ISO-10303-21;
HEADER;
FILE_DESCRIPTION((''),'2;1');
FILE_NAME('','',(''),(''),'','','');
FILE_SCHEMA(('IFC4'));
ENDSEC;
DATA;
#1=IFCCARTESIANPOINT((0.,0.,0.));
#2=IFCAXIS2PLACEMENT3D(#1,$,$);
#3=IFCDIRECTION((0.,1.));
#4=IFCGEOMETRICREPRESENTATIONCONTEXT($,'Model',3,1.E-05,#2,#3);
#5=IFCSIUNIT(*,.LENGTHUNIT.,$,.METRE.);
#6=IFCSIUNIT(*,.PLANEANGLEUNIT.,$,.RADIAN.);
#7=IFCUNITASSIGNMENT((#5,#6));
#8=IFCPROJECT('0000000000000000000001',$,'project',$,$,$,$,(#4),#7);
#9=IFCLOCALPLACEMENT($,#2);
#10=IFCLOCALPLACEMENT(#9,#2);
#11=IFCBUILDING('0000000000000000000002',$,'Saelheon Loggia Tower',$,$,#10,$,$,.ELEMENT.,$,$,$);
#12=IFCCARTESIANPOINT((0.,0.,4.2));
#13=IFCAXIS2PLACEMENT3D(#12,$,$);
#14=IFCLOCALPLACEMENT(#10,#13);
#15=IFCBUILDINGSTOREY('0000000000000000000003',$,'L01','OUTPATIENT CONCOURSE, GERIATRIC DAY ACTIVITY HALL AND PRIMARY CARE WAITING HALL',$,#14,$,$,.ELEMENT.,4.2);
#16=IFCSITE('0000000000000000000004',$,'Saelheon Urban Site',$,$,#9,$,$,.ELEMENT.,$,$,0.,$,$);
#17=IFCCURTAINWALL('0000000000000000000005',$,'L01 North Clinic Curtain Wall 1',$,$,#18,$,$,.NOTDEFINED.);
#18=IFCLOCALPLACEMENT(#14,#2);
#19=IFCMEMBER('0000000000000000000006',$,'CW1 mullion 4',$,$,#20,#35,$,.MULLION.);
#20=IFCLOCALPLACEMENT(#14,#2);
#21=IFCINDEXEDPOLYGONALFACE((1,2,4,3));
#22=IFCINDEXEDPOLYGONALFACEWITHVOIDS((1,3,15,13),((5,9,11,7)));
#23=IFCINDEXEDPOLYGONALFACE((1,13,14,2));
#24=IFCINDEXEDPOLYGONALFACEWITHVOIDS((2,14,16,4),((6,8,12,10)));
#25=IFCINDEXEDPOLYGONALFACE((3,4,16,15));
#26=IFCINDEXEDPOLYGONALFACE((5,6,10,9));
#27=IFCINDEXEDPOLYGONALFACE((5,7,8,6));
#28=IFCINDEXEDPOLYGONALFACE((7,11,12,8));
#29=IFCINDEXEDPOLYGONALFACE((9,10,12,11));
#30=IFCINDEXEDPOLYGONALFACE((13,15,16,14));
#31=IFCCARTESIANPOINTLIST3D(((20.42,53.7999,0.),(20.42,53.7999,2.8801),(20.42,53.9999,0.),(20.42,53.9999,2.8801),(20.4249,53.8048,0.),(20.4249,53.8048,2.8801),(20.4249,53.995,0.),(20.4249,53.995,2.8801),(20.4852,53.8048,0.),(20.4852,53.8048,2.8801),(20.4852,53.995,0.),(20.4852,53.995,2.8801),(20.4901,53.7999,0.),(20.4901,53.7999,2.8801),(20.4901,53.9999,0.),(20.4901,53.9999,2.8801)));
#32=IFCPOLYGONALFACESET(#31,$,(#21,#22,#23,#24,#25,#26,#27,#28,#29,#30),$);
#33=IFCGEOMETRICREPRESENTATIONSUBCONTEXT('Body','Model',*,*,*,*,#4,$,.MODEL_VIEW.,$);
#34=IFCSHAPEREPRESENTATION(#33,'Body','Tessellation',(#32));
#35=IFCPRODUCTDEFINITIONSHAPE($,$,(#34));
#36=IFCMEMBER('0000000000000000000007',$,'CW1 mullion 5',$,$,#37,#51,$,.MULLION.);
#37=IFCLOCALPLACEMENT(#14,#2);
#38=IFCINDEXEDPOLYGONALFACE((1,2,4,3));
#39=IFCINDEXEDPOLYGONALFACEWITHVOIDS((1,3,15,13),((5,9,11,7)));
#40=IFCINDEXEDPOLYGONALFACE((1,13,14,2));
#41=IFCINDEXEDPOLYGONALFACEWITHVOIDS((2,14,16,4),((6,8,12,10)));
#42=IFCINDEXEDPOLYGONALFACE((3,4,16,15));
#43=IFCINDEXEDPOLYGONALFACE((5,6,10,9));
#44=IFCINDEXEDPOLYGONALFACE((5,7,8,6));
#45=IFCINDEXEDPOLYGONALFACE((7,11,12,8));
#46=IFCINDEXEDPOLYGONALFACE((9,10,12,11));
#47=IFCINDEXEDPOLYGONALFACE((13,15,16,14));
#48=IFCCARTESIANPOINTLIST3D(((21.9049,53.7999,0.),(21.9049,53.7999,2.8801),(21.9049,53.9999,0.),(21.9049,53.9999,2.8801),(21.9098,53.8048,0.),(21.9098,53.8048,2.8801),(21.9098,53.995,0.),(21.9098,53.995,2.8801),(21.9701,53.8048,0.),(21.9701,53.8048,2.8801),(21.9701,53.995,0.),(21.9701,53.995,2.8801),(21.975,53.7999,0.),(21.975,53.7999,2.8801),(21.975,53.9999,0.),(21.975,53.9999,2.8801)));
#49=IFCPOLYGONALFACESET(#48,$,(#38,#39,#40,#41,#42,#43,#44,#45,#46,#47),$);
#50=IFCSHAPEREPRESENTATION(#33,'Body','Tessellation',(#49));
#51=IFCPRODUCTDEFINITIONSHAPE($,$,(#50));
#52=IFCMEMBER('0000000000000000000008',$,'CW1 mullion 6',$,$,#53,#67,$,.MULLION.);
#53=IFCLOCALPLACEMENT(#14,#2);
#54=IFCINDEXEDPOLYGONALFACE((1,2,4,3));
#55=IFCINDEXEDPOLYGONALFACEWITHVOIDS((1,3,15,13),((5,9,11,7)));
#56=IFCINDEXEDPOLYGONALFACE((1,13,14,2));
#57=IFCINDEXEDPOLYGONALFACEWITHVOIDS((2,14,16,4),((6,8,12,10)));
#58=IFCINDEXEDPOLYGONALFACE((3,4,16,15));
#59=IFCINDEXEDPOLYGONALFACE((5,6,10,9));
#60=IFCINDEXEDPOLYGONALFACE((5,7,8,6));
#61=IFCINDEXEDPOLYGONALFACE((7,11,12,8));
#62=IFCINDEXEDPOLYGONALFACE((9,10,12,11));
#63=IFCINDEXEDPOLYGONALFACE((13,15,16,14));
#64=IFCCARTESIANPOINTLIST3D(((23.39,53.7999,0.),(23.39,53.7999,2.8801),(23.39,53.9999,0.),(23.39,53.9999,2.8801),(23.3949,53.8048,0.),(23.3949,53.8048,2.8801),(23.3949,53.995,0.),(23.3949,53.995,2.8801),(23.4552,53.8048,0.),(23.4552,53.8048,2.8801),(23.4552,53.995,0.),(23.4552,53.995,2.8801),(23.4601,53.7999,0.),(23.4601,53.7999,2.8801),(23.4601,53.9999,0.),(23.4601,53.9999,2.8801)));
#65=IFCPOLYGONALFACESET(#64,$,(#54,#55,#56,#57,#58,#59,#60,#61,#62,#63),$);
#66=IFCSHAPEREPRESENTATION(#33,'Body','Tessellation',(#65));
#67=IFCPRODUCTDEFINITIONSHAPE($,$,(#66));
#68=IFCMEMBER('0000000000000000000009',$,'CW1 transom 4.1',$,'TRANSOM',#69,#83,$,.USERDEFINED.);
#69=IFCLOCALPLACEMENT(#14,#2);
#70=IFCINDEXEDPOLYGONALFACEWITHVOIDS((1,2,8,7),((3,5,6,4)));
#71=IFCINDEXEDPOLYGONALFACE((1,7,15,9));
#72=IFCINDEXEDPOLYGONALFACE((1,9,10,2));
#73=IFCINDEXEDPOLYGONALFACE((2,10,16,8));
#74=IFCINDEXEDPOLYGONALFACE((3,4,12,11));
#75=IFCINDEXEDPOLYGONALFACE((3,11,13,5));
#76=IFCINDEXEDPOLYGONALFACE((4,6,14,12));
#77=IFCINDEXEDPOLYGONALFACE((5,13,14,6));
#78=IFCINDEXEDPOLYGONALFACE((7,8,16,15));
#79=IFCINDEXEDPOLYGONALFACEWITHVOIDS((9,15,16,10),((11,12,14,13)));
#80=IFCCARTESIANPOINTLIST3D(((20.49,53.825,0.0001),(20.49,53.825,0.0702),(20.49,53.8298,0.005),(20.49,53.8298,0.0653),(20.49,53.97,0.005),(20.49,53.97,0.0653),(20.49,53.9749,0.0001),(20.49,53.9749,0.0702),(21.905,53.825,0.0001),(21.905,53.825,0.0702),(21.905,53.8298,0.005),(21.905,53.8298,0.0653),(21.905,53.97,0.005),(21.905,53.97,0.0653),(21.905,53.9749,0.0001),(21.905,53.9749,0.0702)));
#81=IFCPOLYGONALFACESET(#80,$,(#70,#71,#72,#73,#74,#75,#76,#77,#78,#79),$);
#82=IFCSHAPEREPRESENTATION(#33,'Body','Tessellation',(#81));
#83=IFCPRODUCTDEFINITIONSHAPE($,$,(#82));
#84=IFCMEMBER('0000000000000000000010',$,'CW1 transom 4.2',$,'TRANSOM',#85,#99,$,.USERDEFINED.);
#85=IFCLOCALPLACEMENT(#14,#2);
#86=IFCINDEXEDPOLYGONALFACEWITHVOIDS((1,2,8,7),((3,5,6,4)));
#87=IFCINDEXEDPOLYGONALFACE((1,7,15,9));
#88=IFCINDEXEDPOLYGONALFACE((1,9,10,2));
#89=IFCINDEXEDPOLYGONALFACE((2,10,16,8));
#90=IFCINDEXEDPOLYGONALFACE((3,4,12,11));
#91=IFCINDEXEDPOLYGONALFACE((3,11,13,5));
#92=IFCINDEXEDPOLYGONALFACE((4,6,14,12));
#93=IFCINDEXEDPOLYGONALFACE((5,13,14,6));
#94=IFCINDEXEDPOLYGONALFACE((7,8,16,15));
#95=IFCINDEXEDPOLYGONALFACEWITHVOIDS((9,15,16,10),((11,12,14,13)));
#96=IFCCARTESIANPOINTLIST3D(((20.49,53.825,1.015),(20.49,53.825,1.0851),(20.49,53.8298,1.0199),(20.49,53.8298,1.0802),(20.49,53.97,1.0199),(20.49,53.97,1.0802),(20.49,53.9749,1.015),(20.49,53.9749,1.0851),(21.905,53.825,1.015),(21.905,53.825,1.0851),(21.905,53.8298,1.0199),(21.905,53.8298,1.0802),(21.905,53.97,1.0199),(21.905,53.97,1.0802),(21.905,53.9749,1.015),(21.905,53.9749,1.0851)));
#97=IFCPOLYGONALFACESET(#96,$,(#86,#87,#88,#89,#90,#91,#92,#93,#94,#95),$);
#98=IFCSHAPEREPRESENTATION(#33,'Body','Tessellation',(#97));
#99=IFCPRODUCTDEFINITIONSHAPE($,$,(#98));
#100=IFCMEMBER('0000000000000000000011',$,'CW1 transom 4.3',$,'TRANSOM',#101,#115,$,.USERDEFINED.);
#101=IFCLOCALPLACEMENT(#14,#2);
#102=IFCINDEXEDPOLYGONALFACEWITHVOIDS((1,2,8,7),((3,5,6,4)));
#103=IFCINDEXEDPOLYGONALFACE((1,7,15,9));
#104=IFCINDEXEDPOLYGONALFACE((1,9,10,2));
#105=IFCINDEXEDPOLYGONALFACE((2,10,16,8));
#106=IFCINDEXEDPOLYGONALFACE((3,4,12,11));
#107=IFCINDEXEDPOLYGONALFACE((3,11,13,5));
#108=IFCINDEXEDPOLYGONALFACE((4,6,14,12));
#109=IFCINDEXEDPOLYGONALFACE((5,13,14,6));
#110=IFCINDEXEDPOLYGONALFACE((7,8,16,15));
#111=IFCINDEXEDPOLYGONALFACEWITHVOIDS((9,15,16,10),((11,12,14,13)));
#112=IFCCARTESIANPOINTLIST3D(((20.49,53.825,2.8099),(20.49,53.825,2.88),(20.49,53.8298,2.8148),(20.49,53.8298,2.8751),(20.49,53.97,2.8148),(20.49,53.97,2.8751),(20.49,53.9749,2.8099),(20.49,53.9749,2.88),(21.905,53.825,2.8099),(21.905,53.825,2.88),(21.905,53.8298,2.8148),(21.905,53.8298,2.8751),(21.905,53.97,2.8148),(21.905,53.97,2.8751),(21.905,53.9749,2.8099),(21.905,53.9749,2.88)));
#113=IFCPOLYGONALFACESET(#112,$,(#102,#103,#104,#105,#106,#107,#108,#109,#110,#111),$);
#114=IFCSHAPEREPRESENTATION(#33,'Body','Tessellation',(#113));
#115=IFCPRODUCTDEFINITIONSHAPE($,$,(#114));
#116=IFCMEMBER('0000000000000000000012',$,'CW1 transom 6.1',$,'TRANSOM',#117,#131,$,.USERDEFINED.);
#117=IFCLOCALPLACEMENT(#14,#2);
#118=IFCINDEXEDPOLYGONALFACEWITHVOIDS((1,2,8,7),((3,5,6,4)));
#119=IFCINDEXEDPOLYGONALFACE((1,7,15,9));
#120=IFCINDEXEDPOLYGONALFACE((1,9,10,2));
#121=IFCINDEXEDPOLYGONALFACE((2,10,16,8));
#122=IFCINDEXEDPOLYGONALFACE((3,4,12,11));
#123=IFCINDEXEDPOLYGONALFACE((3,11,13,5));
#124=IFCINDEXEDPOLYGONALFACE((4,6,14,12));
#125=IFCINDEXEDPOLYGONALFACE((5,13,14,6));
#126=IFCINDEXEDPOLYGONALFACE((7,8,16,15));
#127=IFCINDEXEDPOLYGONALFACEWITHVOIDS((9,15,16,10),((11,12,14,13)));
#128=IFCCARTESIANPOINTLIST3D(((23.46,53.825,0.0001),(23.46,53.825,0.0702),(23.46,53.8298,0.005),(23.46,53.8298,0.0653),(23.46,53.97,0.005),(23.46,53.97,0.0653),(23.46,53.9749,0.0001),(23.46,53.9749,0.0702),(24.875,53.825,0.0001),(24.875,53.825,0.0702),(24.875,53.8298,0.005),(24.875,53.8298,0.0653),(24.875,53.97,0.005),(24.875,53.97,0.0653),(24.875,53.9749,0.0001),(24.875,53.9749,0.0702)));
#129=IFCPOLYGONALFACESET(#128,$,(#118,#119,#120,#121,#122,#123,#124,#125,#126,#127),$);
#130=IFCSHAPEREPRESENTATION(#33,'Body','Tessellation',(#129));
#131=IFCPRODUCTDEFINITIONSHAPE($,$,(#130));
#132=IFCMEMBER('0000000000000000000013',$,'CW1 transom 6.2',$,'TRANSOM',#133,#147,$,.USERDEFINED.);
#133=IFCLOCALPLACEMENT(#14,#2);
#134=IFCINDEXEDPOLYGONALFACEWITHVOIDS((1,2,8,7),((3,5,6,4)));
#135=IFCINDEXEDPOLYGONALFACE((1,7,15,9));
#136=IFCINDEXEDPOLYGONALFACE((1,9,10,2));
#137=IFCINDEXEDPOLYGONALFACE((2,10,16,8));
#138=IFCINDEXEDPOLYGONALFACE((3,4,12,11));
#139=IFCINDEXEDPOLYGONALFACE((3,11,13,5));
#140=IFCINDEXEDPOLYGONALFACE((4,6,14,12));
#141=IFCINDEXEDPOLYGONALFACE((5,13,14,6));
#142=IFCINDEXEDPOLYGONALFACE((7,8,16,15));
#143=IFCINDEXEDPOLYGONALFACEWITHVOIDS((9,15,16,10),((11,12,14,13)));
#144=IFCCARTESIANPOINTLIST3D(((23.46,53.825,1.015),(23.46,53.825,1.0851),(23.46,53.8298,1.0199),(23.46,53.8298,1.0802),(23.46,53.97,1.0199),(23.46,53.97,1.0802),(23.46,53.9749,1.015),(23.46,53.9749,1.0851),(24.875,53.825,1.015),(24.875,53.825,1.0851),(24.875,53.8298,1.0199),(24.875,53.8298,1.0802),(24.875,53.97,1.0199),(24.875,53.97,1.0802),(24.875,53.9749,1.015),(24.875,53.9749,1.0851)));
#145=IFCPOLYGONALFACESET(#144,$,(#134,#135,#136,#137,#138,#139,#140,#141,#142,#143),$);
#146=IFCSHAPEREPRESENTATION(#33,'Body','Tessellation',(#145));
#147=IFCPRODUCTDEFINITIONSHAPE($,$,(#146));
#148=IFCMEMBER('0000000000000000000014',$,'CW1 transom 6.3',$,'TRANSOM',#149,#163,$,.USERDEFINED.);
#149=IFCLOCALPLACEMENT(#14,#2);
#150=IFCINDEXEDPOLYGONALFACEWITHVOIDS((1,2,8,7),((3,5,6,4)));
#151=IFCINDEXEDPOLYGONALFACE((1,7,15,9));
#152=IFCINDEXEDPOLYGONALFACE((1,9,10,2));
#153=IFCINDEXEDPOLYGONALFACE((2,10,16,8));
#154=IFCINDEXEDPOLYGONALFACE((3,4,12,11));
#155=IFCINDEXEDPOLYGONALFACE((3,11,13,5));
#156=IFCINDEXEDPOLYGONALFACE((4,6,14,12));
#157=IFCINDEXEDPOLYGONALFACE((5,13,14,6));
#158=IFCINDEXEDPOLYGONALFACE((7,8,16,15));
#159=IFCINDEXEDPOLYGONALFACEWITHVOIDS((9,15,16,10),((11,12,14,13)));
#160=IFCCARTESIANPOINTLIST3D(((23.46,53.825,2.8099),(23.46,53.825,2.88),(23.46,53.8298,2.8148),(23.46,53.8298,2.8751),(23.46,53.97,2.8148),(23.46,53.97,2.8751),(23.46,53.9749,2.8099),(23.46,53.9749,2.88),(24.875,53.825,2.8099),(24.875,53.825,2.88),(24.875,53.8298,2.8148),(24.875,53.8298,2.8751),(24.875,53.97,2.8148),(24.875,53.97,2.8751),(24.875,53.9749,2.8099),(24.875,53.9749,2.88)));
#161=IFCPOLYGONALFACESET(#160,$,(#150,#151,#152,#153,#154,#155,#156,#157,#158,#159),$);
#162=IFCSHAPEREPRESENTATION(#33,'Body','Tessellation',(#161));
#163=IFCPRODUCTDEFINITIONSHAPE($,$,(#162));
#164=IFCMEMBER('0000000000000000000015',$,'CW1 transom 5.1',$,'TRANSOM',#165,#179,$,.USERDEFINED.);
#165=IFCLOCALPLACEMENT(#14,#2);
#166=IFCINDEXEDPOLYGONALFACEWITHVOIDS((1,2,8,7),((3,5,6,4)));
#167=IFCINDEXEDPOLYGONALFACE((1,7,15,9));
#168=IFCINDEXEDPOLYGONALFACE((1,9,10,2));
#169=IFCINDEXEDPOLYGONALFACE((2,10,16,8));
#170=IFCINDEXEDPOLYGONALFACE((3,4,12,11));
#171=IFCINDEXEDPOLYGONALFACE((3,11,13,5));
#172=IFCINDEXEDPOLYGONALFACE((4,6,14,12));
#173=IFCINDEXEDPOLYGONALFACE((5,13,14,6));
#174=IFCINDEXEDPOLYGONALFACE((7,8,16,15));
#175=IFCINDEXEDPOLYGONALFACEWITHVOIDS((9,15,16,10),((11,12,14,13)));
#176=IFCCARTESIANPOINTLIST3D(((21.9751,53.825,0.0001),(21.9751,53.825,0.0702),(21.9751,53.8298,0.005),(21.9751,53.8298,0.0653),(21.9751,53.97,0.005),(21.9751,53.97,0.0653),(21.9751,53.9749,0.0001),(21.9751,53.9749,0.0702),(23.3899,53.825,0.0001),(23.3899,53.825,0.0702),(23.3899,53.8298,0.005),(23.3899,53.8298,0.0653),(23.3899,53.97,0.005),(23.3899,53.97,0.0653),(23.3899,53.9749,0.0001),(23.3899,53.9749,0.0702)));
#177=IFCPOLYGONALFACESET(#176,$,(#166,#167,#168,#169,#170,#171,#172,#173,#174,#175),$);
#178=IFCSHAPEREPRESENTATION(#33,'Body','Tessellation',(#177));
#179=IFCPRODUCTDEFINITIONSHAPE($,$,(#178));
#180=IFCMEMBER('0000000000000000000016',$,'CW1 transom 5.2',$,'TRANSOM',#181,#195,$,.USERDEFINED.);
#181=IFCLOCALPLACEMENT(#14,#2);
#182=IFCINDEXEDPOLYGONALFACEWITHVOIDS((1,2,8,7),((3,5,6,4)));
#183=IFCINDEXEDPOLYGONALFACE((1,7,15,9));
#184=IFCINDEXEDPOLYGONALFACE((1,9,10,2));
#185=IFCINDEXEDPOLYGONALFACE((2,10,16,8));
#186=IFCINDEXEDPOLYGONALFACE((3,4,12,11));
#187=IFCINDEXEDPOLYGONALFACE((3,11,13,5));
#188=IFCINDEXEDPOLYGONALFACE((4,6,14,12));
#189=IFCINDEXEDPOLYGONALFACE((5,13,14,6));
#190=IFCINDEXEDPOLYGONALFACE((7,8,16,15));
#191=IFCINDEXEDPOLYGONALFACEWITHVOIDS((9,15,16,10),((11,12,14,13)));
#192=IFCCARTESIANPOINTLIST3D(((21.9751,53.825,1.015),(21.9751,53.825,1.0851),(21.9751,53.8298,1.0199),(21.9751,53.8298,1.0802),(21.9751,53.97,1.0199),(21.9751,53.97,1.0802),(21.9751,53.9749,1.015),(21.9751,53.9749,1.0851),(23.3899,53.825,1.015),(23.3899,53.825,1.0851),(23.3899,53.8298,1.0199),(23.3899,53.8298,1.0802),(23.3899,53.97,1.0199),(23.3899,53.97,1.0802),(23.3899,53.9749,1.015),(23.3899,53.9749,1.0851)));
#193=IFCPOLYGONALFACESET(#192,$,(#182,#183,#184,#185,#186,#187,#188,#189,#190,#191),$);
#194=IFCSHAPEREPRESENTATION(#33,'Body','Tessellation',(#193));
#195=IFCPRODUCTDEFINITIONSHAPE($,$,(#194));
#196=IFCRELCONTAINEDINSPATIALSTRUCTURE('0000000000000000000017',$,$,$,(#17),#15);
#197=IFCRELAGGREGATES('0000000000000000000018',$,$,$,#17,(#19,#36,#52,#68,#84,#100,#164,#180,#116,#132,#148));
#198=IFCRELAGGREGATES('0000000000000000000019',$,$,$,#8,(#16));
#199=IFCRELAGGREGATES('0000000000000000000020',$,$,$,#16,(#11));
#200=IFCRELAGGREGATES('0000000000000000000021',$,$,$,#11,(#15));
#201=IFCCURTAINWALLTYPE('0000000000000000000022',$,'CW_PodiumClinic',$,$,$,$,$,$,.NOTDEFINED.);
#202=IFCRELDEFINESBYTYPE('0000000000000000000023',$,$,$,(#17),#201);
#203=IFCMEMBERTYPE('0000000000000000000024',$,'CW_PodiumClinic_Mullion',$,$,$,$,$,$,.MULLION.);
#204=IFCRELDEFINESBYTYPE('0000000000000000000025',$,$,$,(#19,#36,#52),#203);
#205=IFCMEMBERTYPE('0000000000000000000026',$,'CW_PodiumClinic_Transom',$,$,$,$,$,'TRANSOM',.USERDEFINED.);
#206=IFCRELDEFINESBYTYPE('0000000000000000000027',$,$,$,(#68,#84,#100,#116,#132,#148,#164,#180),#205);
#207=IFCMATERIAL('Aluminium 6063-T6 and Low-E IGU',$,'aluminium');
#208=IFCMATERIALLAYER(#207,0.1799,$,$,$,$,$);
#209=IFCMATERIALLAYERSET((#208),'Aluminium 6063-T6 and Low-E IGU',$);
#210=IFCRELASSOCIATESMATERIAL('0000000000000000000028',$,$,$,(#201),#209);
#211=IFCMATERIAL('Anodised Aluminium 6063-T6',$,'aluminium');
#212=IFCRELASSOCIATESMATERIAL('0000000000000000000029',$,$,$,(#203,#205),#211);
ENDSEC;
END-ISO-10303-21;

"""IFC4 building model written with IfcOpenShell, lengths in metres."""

from ifc_helpers import new_model, si_unit, direction, frame, origin, origin_2d, place, context, subcontext, project, spatial, hollow_rectangle, extrude, source, transform, mapped, material, layer, layer_set, material_profile, profile_set, type_object, element, aggregate, save


model = new_model("IFC4")

# Units and contexts
model_context = context("Model", 3, precision=1e-05, world=origin(), true_north=direction((0.0, 1.0)))
body_context = subcontext(model_context, "Body", "Model", "MODEL_VIEW")
ifc_project = project(units=[si_unit("LENGTHUNIT", "METRE"), si_unit("PLANEANGLEUNIT", "RADIAN")], contexts=[model_context])

# Site, building, storey
site_placement = place(None, origin())
site = spatial("IfcSite", under=ifc_project, at=site_placement, Name="Saelheon Urban Site", CompositionType="ELEMENT", RefElevation=0.0)
building_placement = place(site_placement, origin())
building = spatial("IfcBuilding", under=site, at=building_placement, Name="Saelheon Loggia Tower", CompositionType="ELEMENT")
storey_placement = place(building_placement, frame((0.0, 0.0, 4.2)))
storey = spatial("IfcBuildingStorey", under=building, at=storey_placement, Name="L01", Description="OUTPATIENT CONCOURSE, GERIATRIC DAY ACTIVITY HALL AND PRIMARY CARE WAITING HALL", CompositionType="ELEMENT", Elevation=4.2)

# Curtain wall, members
ifc_material_1 = material(Name="Aluminium 6063-T6 and Low-E IGU", Category="aluminium")
ifc_layer_1 = layer(ifc_material_1, 0.1799)
ifc_layer_set_1 = layer_set([ifc_layer_1], Name="Aluminium 6063-T6 and Low-E IGU")
curtain_wall_type = type_object("IfcCurtainWallType", Name="CW_PodiumClinic", PredefinedType="NOTDEFINED", material=ifc_layer_set_1)
curtain_wall_placement = place(storey_placement, origin())
curtain_wall = element("IfcCurtainWall", 1, at=curtain_wall_placement, inside=storey, type_object=curtain_wall_type, Name="L01 North Clinic Curtain Wall 1", PredefinedType="NOTDEFINED")
ifc_material_2 = material(Name="Anodised Aluminium 6063-T6", Category="aluminium")
ifc_material_profile_1 = material_profile(ifc_material_2, hollow_rectangle(XDim=0.0701, YDim=0.2, WallThickness=0.0049, at=origin_2d()), Name="RHS-200x70x5")
ifc_profile_set_1 = profile_set([ifc_material_profile_1], Name="Anodised Aluminium 6063-T6")
member_type_1 = type_object("IfcMemberType", Name="CW_PodiumClinic_Mullion", PredefinedType="MULLION", material=ifc_profile_set_1)
shared_shape_1 = source(origin(), body_context, "Body", "SweptSolid", [
    extrude(hollow_rectangle(XDim=0.0701, YDim=0.2, WallThickness=0.0049, at=origin_2d()), origin(), (0.0, 0.0, 1.0), 2.8801),
])
member_1_placement = place(storey_placement, frame((20.4551, 53.8999, 0.0), z_axis=(0.0, 0.0, 1.0), x_axis=(1.0, 0.0, 0.0)))
member_1 = element("IfcMember", 2, at=member_1_placement, type_object=member_type_1, Name="CW1 mullion 4", PredefinedType="MULLION", context=body_context, shape_type="MappedRepresentation", body=[
    mapped(shared_shape_1, transform((0.0, 0.0, 0.0), scale=1.0)),
])
member_2_placement = place(storey_placement, frame((21.9399, 53.8999, 0.0), z_axis=(0.0, 0.0, 1.0), x_axis=(1.0, 0.0, 0.0)))
member_2 = element("IfcMember", 3, at=member_2_placement, type_object=member_type_1, Name="CW1 mullion 5", PredefinedType="MULLION", context=body_context, shape_type="MappedRepresentation", body=[
    mapped(shared_shape_1, transform((0.0, 0.0, 0.0), scale=1.0)),
])
member_3_placement = place(storey_placement, frame((23.425, 53.8999, 0.0), z_axis=(0.0, 0.0, 1.0), x_axis=(1.0, 0.0, 0.0)))
member_3 = element("IfcMember", 4, at=member_3_placement, type_object=member_type_1, Name="CW1 mullion 6", PredefinedType="MULLION", context=body_context, shape_type="MappedRepresentation", body=[
    mapped(shared_shape_1, transform((0.0, 0.0, 0.0), scale=1.0)),
])
ifc_material_profile_2 = material_profile(ifc_material_2, hollow_rectangle(XDim=0.0701, YDim=0.1499, WallThickness=0.0049, at=origin_2d()), Name="RHS-150x70x5")
ifc_profile_set_2 = profile_set([ifc_material_profile_2], Name="Anodised Aluminium 6063-T6")
member_type_2 = type_object("IfcMemberType", Name="CW_PodiumClinic_Transom", ElementType="TRANSOM", PredefinedType="USERDEFINED", material=ifc_profile_set_2)
shared_shape_2 = source(origin(), body_context, "Body", "SweptSolid", [
    extrude(hollow_rectangle(XDim=0.0701, YDim=0.1499, WallThickness=0.0049, at=origin_2d()), origin(), (0.0, 0.0, 1.0), 1.415),
])
member_4_placement = place(storey_placement, frame((20.49, 53.8999, 0.0352), z_axis=(1.0, 0.0, 0.0), x_axis=(0.0, 0.0, 1.0)))
member_4 = element("IfcMember", 5, at=member_4_placement, type_object=member_type_2, Name="CW1 transom 4.1", ObjectType="TRANSOM", PredefinedType="USERDEFINED", context=body_context, shape_type="MappedRepresentation", body=[
    mapped(shared_shape_2, transform((0.0, 0.0, 0.0), scale=1.0)),
])
member_5_placement = place(storey_placement, frame((20.49, 53.8999, 1.05), z_axis=(1.0, 0.0, 0.0), x_axis=(0.0, 0.0, 1.0)))
member_5 = element("IfcMember", 6, at=member_5_placement, type_object=member_type_2, Name="CW1 transom 4.2", ObjectType="TRANSOM", PredefinedType="USERDEFINED", context=body_context, shape_type="MappedRepresentation", body=[
    mapped(shared_shape_2, transform((0.0, 0.0, 0.0), scale=1.0)),
])
member_6_placement = place(storey_placement, frame((20.49, 53.8999, 2.845), z_axis=(1.0, 0.0, 0.0), x_axis=(0.0, 0.0, 1.0)))
member_6 = element("IfcMember", 7, at=member_6_placement, type_object=member_type_2, Name="CW1 transom 4.3", ObjectType="TRANSOM", PredefinedType="USERDEFINED", context=body_context, shape_type="MappedRepresentation", body=[
    mapped(shared_shape_2, transform((0.0, 0.0, 0.0), scale=1.0)),
])
member_7_placement = place(storey_placement, frame((23.46, 53.8999, 0.0352), z_axis=(1.0, 0.0, 0.0), x_axis=(0.0, 0.0, 1.0)))
member_7 = element("IfcMember", 8, at=member_7_placement, type_object=member_type_2, Name="CW1 transom 6.1", ObjectType="TRANSOM", PredefinedType="USERDEFINED", context=body_context, shape_type="MappedRepresentation", body=[
    mapped(shared_shape_2, transform((0.0, 0.0, 0.0), scale=1.0)),
])
member_8_placement = place(storey_placement, frame((23.46, 53.8999, 1.05), z_axis=(1.0, 0.0, 0.0), x_axis=(0.0, 0.0, 1.0)))
member_8 = element("IfcMember", 9, at=member_8_placement, type_object=member_type_2, Name="CW1 transom 6.2", ObjectType="TRANSOM", PredefinedType="USERDEFINED", context=body_context, shape_type="MappedRepresentation", body=[
    mapped(shared_shape_2, transform((0.0, 0.0, 0.0), scale=1.0)),
])
member_9_placement = place(storey_placement, frame((23.46, 53.8999, 2.845), z_axis=(1.0, 0.0, 0.0), x_axis=(0.0, 0.0, 1.0)))
member_9 = element("IfcMember", 10, at=member_9_placement, type_object=member_type_2, Name="CW1 transom 6.3", ObjectType="TRANSOM", PredefinedType="USERDEFINED", context=body_context, shape_type="MappedRepresentation", body=[
    mapped(shared_shape_2, transform((0.0, 0.0, 0.0), scale=1.0)),
])
shared_shape_3 = source(origin(), body_context, "Body", "SweptSolid", [
    extrude(hollow_rectangle(XDim=0.0701, YDim=0.1499, WallThickness=0.0049, at=origin_2d()), origin(), (0.0, 0.0, 1.0), 1.4148),
])
member_10_placement = place(storey_placement, frame((21.9751, 53.8999, 0.0352), z_axis=(1.0, 0.0, 0.0), x_axis=(0.0, 0.0, 1.0)))
member_10 = element("IfcMember", 11, at=member_10_placement, type_object=member_type_2, Name="CW1 transom 5.1", ObjectType="TRANSOM", PredefinedType="USERDEFINED", context=body_context, shape_type="MappedRepresentation", body=[
    mapped(shared_shape_3, transform((0.0, 0.0, 0.0), scale=1.0)),
])
member_11_placement = place(storey_placement, frame((21.9751, 53.8999, 1.05), z_axis=(1.0, 0.0, 0.0), x_axis=(0.0, 0.0, 1.0)))
member_11 = element("IfcMember", 12, at=member_11_placement, type_object=member_type_2, Name="CW1 transom 5.2", ObjectType="TRANSOM", PredefinedType="USERDEFINED", context=body_context, shape_type="MappedRepresentation", body=[
    mapped(shared_shape_3, transform((0.0, 0.0, 0.0), scale=1.0)),
])
aggregate(curtain_wall, [member_1, member_2, member_3, member_4, member_5, member_6, member_10, member_11, member_7, member_8, member_9])

save(model, "model.ifc")
